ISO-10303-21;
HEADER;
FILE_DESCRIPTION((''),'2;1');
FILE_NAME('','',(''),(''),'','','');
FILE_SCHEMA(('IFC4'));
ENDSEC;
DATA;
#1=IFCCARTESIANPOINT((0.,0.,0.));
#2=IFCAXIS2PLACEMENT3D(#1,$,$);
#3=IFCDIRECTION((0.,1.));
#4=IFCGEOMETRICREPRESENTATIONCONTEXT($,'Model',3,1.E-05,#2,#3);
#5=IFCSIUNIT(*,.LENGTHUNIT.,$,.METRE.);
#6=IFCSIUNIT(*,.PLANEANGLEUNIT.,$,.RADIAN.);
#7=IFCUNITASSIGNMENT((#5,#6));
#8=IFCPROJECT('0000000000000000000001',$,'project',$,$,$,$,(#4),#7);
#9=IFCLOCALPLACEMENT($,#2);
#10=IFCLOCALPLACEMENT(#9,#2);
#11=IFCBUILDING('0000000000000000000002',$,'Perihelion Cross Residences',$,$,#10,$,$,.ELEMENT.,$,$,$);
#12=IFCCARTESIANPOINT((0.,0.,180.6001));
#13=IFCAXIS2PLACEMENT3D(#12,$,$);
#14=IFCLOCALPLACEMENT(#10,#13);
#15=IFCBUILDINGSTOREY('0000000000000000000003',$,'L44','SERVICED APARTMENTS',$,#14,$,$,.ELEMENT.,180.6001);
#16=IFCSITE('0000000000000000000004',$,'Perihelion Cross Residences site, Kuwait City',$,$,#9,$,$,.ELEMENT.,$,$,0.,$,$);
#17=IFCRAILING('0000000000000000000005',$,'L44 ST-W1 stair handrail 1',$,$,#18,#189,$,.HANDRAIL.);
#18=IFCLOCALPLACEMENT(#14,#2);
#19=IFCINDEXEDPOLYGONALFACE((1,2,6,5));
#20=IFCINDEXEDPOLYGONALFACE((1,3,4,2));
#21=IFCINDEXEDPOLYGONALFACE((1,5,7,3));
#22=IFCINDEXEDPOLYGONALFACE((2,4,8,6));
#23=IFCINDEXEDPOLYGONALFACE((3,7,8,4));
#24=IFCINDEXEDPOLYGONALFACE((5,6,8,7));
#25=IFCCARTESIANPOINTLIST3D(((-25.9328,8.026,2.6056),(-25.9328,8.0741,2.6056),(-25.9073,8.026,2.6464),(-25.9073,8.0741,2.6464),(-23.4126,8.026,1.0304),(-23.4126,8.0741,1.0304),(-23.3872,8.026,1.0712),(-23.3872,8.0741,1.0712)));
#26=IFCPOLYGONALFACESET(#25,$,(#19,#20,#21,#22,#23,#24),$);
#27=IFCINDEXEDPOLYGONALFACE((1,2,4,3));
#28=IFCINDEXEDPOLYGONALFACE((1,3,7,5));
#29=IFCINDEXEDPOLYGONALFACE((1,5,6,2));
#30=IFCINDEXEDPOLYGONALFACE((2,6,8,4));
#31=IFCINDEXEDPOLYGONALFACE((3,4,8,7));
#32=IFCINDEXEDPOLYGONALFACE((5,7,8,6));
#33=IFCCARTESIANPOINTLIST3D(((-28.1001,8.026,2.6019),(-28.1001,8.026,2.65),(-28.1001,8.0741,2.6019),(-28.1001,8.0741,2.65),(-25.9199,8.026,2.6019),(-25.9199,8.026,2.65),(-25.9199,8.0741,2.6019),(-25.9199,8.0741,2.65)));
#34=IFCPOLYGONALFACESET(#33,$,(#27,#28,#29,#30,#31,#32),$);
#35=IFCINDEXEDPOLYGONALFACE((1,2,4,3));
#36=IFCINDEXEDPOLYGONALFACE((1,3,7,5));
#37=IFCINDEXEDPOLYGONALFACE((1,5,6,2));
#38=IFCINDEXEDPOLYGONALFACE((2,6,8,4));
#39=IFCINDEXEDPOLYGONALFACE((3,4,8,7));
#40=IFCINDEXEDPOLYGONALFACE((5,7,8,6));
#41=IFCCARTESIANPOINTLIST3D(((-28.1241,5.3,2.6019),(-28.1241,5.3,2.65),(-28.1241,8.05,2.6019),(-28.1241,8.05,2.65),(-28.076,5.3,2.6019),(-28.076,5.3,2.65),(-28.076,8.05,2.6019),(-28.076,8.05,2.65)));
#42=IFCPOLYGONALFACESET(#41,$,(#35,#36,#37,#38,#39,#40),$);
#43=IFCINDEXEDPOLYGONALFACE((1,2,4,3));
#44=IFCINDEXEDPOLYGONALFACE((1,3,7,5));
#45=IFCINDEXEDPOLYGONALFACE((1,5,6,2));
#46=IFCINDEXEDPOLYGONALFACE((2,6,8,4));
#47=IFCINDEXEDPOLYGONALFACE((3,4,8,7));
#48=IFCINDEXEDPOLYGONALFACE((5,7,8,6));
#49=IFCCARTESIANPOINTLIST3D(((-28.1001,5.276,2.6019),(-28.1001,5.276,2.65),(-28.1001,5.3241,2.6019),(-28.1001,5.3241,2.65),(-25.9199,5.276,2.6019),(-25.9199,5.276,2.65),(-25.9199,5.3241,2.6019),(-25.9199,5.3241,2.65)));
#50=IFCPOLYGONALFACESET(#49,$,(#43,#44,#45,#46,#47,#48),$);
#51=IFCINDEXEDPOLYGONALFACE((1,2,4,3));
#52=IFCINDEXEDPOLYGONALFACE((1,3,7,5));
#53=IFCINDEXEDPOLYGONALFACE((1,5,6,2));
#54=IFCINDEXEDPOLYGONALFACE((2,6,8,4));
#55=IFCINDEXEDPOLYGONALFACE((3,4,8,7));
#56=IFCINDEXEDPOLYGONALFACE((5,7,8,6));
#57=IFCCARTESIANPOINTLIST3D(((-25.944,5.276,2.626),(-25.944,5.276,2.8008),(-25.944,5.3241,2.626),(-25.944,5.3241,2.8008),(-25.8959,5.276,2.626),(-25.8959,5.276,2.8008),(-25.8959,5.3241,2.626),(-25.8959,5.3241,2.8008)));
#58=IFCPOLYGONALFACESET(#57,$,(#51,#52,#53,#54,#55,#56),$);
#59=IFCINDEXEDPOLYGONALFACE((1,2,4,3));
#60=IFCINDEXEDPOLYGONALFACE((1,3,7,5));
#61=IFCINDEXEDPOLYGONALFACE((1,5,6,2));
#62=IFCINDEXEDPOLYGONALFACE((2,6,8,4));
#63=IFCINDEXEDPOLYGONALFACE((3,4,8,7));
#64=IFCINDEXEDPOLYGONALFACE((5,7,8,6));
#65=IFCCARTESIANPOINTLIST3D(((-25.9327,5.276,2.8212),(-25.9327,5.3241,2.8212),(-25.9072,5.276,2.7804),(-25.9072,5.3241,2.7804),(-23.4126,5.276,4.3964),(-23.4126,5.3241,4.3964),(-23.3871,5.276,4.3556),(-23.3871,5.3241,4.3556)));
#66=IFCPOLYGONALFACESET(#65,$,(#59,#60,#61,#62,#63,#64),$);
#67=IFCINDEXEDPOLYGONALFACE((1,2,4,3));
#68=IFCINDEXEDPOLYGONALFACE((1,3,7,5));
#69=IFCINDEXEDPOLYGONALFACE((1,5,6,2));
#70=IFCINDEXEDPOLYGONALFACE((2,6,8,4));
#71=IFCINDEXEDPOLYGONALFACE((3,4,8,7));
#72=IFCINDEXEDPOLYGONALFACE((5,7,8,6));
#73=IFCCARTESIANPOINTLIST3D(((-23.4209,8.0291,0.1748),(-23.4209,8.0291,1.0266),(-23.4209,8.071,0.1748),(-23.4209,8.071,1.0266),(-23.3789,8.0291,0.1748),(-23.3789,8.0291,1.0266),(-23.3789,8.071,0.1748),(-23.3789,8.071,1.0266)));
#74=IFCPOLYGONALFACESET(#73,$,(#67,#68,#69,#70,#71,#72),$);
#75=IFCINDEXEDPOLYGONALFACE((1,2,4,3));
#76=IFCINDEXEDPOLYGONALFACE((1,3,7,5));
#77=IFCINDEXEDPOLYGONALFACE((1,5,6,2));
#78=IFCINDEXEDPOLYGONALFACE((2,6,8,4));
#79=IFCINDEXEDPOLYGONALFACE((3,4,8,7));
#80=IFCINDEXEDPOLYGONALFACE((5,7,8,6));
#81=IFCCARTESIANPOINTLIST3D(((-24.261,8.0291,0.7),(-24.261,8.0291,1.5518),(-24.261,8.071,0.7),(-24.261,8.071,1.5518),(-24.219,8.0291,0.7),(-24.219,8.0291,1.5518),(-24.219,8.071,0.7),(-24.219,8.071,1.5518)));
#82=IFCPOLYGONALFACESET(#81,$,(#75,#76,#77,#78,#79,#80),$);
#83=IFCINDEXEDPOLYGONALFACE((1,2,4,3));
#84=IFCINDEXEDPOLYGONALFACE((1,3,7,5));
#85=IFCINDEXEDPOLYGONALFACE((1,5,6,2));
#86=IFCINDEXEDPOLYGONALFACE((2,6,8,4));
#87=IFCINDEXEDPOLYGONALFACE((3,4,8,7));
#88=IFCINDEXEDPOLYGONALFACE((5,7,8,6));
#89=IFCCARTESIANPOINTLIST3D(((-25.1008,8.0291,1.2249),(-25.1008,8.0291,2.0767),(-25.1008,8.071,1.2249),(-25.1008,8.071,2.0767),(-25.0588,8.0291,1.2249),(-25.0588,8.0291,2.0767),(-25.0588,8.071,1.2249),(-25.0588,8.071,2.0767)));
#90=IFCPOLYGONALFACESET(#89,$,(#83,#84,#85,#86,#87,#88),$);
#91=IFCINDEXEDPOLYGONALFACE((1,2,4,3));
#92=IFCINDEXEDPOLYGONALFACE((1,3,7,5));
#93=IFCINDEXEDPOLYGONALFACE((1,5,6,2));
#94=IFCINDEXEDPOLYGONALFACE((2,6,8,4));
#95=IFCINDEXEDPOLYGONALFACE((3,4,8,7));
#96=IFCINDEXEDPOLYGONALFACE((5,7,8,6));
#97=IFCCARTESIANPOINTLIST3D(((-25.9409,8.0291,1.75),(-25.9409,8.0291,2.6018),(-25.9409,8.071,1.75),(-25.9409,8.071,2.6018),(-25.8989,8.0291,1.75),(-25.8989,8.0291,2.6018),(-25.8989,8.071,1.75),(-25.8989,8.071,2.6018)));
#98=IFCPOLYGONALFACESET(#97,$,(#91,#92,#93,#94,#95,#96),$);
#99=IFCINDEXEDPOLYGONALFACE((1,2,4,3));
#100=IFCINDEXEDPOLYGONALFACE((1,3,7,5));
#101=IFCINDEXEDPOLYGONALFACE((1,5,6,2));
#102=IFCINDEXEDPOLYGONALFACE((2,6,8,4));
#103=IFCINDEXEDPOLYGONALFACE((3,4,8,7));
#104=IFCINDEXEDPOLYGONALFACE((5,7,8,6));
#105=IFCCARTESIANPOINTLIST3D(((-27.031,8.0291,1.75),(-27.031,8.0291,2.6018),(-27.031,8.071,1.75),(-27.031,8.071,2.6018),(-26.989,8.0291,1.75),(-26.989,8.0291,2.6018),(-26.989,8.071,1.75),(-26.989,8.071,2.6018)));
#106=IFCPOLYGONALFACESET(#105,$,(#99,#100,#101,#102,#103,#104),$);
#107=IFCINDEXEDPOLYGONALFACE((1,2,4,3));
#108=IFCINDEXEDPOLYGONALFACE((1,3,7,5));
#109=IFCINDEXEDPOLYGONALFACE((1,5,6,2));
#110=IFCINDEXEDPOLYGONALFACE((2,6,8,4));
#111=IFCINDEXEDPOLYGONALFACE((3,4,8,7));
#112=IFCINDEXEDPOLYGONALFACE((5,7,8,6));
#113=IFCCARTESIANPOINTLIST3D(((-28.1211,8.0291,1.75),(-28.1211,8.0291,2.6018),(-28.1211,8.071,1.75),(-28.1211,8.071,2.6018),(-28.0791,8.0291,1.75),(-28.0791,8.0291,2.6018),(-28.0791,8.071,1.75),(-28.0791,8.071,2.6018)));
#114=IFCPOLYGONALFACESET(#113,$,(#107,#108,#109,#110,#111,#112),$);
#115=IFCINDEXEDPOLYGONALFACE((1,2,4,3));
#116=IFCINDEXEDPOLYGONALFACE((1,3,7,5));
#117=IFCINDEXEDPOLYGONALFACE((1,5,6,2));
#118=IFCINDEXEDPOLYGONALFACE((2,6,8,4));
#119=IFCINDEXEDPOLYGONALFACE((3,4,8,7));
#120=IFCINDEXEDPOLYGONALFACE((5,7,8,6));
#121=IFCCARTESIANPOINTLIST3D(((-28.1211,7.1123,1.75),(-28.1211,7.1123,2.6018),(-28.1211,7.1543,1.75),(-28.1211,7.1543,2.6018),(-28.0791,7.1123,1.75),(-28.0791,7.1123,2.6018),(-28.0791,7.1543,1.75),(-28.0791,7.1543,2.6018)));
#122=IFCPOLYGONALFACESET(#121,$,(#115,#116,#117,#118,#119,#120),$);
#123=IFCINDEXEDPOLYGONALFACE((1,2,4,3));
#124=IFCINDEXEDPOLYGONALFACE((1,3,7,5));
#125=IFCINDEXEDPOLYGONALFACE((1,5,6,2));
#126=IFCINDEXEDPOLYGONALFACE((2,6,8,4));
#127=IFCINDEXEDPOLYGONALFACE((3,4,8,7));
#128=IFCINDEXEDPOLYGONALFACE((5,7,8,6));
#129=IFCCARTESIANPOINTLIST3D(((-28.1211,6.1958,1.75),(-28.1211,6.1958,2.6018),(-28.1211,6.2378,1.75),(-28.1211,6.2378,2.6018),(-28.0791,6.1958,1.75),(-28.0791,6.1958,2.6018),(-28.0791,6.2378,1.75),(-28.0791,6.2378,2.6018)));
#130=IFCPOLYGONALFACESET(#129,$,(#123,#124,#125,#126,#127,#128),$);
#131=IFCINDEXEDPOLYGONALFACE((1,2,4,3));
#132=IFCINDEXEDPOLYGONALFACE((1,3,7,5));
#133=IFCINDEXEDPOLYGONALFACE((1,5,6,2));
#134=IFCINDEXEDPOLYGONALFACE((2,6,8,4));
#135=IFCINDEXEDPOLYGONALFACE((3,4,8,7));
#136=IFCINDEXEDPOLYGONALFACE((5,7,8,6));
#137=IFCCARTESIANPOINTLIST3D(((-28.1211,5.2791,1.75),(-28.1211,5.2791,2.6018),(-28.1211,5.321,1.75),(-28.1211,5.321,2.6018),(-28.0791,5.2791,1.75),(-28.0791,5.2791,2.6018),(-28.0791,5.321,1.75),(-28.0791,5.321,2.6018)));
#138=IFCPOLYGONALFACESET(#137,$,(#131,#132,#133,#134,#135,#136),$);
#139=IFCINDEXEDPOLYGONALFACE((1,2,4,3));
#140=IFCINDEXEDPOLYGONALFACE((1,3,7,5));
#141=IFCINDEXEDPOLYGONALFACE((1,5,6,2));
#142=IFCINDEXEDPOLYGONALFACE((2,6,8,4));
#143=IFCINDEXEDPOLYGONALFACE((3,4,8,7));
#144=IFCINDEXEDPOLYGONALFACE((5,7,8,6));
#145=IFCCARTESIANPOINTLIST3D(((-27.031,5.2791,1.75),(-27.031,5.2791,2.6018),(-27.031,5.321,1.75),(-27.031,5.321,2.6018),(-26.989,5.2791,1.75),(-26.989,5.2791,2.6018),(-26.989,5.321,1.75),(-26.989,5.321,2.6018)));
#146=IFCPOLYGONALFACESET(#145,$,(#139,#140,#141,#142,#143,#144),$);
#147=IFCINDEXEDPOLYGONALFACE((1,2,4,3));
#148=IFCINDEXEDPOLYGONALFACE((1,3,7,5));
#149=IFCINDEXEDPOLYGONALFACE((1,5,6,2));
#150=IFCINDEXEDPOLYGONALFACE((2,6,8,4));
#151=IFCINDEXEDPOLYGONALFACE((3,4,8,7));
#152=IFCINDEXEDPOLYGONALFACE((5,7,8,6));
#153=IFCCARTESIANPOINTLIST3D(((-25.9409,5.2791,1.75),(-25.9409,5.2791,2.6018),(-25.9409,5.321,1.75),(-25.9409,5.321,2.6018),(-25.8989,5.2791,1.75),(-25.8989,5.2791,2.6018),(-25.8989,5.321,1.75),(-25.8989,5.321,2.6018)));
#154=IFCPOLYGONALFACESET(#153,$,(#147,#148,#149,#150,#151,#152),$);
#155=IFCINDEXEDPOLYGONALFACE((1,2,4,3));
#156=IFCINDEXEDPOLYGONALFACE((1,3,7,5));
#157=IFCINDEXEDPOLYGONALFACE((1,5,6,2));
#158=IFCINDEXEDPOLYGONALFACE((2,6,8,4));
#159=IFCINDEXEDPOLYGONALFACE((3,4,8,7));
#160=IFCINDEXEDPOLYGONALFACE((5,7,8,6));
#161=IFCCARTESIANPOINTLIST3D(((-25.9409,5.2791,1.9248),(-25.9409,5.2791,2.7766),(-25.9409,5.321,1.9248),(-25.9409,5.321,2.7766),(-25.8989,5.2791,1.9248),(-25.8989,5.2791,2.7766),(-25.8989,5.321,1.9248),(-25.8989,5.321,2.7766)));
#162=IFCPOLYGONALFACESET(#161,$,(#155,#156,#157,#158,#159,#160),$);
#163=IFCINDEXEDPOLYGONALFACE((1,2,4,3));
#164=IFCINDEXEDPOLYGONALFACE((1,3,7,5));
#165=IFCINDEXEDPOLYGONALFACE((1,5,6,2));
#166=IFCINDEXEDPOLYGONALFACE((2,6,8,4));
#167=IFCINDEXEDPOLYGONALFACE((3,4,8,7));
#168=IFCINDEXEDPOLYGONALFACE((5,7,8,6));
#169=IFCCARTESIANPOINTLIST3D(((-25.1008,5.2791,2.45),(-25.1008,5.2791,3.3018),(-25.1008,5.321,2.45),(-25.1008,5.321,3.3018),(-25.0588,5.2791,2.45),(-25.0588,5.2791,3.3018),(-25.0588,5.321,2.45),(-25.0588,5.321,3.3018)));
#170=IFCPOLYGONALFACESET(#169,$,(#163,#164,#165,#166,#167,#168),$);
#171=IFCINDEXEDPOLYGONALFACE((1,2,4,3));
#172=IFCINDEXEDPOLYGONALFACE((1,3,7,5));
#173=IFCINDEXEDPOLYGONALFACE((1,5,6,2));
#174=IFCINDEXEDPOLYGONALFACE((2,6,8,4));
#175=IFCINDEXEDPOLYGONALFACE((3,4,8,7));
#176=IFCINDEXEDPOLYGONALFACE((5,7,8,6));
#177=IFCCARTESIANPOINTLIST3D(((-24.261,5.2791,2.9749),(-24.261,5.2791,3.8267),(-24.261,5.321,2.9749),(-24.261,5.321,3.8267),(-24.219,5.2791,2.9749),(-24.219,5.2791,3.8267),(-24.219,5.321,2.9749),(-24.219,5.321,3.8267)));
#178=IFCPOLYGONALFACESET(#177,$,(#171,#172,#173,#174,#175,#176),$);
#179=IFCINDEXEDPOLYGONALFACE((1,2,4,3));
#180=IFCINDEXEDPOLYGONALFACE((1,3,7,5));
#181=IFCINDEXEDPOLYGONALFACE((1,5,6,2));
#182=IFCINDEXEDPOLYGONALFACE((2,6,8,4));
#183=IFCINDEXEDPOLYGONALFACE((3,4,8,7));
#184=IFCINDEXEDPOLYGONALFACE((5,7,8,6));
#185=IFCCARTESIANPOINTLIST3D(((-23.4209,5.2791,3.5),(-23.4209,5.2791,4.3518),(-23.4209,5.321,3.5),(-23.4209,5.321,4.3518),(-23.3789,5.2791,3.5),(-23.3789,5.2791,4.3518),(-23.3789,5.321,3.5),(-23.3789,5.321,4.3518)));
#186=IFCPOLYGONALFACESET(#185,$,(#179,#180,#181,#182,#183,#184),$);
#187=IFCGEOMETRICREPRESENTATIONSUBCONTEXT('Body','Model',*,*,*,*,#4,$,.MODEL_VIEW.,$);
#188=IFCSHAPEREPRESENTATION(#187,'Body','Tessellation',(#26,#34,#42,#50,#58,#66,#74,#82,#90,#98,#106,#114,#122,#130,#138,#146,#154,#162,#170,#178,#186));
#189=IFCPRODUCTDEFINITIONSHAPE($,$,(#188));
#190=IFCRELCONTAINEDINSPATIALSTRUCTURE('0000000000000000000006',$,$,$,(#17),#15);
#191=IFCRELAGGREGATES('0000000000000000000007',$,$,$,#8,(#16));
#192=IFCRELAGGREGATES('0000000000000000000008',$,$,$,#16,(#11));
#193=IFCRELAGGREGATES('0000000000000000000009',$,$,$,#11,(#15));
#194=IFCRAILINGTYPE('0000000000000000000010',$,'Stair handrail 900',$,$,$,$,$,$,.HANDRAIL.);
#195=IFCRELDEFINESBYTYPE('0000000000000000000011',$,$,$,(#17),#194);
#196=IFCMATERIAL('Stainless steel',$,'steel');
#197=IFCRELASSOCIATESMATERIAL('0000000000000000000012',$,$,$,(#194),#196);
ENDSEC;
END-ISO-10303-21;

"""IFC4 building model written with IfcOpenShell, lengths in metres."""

from ifc_helpers import new_model, si_unit, direction, frame, origin, origin_2d, place, context, subcontext, project, spatial, rectangle, extrude, material, type_object, element, save


model = new_model("IFC4")

# Units and contexts
model_context = context("Model", 3, precision=1e-05, world=origin(), true_north=direction((0.0, 1.0)))
body_context = subcontext(model_context, "Body", "Model", "MODEL_VIEW")
ifc_project = project(units=[si_unit("LENGTHUNIT", "METRE"), si_unit("PLANEANGLEUNIT", "RADIAN")], contexts=[model_context])

# Site, building, storey
site_placement = place(None, origin())
site = spatial("IfcSite", under=ifc_project, at=site_placement, Name="Perihelion Cross Residences site, Kuwait City", CompositionType="ELEMENT", RefElevation=0.0)
building_placement = place(site_placement, origin())
building = spatial("IfcBuilding", under=site, at=building_placement, Name="Perihelion Cross Residences", CompositionType="ELEMENT")
storey_placement = place(building_placement, frame((0.0, 0.0, 180.6001)))
storey = spatial("IfcBuildingStorey", under=building, at=storey_placement, Name="L44", Description="SERVICED APARTMENTS", CompositionType="ELEMENT", Elevation=180.6001)

# Railing
ifc_material_1 = material(Name="Stainless steel", Category="steel")
railing_type_1 = type_object("IfcRailingType", Name="Stair handrail 900", PredefinedType="HANDRAIL", material=ifc_material_1)
railing_1_placement = place(storey_placement, frame((-23.3999, 8.05, 0.1748)))
element("IfcRailing", 1, at=railing_1_placement, inside=storey, type_object=railing_type_1, Name="L44 ST-W1 stair handrail 1", PredefinedType="HANDRAIL", context=body_context, shape_type="SweptSolid", body=[
    extrude(rectangle(XDim=0.0481, YDim=0.0481, at=origin_2d()), frame((0.0, 0.0, 0.876), z_axis=(-0.847971, 0.0, 0.530043), x_axis=(0.0, -1.0, 0.0)), (0.0, 0.0, 1.0), 2.9719),
    extrude(rectangle(XDim=0.0481, YDim=0.0481, at=origin_2d()), frame((-2.52, 0.0, 2.4512), z_axis=(-1.0, 0.0, 0.0), x_axis=(0.0, -1.0, 0.0)), (0.0, 0.0, 1.0), 2.1802),
    extrude(rectangle(XDim=0.0481, YDim=0.0481, at=origin_2d()), frame((-4.7002, 0.0, 2.4512), z_axis=(0.0, -1.0, 0.0), x_axis=(1.0, 0.0, 0.0)), (0.0, 0.0, 1.0), 2.75),
    extrude(rectangle(XDim=0.0481, YDim=0.0481, at=origin_2d()), frame((-4.7002, -2.75, 2.4512), z_axis=(1.0, 0.0, 0.0), x_axis=(0.0, 1.0, 0.0)), (0.0, 0.0, 1.0), 2.1802),
    extrude(rectangle(XDim=0.0481, YDim=0.0481, at=origin_2d()), frame((-2.52, -2.75, 2.4512), z_axis=(0.0, 0.0, 1.0), x_axis=(1.0, 0.0, 0.0)), (0.0, 0.0, 1.0), 0.1748),
    extrude(rectangle(XDim=0.0481, YDim=0.0481, at=origin_2d()), frame((-2.52, -2.75, 2.626), z_axis=(0.847971, 0.0, 0.530043), x_axis=(0.0, 1.0, 0.0)), (0.0, 0.0, 1.0), 2.9719),
    extrude(rectangle(XDim=0.042, YDim=0.042, at=origin_2d()), origin(), (0.0, 0.0, 1.0), 0.8518),
    extrude(rectangle(XDim=0.042, YDim=0.042, at=origin_2d()), frame((-0.8401, 0.0, 0.5251)), (0.0, 0.0, 1.0), 0.8518),
    extrude(rectangle(XDim=0.042, YDim=0.042, at=origin_2d()), frame((-1.6799, 0.0, 1.05)), (0.0, 0.0, 1.0), 0.8518),
    extrude(rectangle(XDim=0.042, YDim=0.042, at=origin_2d()), frame((-2.52, 0.0, 1.5752)), (0.0, 0.0, 1.0), 0.8518),
    extrude(rectangle(XDim=0.042, YDim=0.042, at=origin_2d()), frame((-3.6101, 0.0, 1.5752)), (0.0, 0.0, 1.0), 0.8518),
    extrude(rectangle(XDim=0.042, YDim=0.042, at=origin_2d()), frame((-4.7002, 0.0, 1.5752)), (0.0, 0.0, 1.0), 0.8518),
    extrude(rectangle(XDim=0.042, YDim=0.042, at=origin_2d()), frame((-4.7002, -0.9167, 1.5752)), (0.0, 0.0, 1.0), 0.8518),
    extrude(rectangle(XDim=0.042, YDim=0.042, at=origin_2d()), frame((-4.7002, -1.8333, 1.5752)), (0.0, 0.0, 1.0), 0.8518),
    extrude(rectangle(XDim=0.042, YDim=0.042, at=origin_2d()), frame((-4.7002, -2.75, 1.5752)), (0.0, 0.0, 1.0), 0.8518),
    extrude(rectangle(XDim=0.042, YDim=0.042, at=origin_2d()), frame((-3.6101, -2.75, 1.5752)), (0.0, 0.0, 1.0), 0.8518),
    extrude(rectangle(XDim=0.042, YDim=0.042, at=origin_2d()), frame((-2.52, -2.75, 1.5752)), (0.0, 0.0, 1.0), 0.8518),
    extrude(rectangle(XDim=0.042, YDim=0.042, at=origin_2d()), frame((-2.52, -2.75, 1.75)), (0.0, 0.0, 1.0), 0.8518),
    extrude(rectangle(XDim=0.042, YDim=0.042, at=origin_2d()), frame((-1.6799, -2.75, 2.2751)), (0.0, 0.0, 1.0), 0.8518),
    extrude(rectangle(XDim=0.042, YDim=0.042, at=origin_2d()), frame((-0.8401, -2.75, 2.8)), (0.0, 0.0, 1.0), 0.8518),
    extrude(rectangle(XDim=0.042, YDim=0.042, at=origin_2d()), frame((0.0, -2.75, 3.3252)), (0.0, 0.0, 1.0), 0.8518),
])

save(model, "model.ifc")
